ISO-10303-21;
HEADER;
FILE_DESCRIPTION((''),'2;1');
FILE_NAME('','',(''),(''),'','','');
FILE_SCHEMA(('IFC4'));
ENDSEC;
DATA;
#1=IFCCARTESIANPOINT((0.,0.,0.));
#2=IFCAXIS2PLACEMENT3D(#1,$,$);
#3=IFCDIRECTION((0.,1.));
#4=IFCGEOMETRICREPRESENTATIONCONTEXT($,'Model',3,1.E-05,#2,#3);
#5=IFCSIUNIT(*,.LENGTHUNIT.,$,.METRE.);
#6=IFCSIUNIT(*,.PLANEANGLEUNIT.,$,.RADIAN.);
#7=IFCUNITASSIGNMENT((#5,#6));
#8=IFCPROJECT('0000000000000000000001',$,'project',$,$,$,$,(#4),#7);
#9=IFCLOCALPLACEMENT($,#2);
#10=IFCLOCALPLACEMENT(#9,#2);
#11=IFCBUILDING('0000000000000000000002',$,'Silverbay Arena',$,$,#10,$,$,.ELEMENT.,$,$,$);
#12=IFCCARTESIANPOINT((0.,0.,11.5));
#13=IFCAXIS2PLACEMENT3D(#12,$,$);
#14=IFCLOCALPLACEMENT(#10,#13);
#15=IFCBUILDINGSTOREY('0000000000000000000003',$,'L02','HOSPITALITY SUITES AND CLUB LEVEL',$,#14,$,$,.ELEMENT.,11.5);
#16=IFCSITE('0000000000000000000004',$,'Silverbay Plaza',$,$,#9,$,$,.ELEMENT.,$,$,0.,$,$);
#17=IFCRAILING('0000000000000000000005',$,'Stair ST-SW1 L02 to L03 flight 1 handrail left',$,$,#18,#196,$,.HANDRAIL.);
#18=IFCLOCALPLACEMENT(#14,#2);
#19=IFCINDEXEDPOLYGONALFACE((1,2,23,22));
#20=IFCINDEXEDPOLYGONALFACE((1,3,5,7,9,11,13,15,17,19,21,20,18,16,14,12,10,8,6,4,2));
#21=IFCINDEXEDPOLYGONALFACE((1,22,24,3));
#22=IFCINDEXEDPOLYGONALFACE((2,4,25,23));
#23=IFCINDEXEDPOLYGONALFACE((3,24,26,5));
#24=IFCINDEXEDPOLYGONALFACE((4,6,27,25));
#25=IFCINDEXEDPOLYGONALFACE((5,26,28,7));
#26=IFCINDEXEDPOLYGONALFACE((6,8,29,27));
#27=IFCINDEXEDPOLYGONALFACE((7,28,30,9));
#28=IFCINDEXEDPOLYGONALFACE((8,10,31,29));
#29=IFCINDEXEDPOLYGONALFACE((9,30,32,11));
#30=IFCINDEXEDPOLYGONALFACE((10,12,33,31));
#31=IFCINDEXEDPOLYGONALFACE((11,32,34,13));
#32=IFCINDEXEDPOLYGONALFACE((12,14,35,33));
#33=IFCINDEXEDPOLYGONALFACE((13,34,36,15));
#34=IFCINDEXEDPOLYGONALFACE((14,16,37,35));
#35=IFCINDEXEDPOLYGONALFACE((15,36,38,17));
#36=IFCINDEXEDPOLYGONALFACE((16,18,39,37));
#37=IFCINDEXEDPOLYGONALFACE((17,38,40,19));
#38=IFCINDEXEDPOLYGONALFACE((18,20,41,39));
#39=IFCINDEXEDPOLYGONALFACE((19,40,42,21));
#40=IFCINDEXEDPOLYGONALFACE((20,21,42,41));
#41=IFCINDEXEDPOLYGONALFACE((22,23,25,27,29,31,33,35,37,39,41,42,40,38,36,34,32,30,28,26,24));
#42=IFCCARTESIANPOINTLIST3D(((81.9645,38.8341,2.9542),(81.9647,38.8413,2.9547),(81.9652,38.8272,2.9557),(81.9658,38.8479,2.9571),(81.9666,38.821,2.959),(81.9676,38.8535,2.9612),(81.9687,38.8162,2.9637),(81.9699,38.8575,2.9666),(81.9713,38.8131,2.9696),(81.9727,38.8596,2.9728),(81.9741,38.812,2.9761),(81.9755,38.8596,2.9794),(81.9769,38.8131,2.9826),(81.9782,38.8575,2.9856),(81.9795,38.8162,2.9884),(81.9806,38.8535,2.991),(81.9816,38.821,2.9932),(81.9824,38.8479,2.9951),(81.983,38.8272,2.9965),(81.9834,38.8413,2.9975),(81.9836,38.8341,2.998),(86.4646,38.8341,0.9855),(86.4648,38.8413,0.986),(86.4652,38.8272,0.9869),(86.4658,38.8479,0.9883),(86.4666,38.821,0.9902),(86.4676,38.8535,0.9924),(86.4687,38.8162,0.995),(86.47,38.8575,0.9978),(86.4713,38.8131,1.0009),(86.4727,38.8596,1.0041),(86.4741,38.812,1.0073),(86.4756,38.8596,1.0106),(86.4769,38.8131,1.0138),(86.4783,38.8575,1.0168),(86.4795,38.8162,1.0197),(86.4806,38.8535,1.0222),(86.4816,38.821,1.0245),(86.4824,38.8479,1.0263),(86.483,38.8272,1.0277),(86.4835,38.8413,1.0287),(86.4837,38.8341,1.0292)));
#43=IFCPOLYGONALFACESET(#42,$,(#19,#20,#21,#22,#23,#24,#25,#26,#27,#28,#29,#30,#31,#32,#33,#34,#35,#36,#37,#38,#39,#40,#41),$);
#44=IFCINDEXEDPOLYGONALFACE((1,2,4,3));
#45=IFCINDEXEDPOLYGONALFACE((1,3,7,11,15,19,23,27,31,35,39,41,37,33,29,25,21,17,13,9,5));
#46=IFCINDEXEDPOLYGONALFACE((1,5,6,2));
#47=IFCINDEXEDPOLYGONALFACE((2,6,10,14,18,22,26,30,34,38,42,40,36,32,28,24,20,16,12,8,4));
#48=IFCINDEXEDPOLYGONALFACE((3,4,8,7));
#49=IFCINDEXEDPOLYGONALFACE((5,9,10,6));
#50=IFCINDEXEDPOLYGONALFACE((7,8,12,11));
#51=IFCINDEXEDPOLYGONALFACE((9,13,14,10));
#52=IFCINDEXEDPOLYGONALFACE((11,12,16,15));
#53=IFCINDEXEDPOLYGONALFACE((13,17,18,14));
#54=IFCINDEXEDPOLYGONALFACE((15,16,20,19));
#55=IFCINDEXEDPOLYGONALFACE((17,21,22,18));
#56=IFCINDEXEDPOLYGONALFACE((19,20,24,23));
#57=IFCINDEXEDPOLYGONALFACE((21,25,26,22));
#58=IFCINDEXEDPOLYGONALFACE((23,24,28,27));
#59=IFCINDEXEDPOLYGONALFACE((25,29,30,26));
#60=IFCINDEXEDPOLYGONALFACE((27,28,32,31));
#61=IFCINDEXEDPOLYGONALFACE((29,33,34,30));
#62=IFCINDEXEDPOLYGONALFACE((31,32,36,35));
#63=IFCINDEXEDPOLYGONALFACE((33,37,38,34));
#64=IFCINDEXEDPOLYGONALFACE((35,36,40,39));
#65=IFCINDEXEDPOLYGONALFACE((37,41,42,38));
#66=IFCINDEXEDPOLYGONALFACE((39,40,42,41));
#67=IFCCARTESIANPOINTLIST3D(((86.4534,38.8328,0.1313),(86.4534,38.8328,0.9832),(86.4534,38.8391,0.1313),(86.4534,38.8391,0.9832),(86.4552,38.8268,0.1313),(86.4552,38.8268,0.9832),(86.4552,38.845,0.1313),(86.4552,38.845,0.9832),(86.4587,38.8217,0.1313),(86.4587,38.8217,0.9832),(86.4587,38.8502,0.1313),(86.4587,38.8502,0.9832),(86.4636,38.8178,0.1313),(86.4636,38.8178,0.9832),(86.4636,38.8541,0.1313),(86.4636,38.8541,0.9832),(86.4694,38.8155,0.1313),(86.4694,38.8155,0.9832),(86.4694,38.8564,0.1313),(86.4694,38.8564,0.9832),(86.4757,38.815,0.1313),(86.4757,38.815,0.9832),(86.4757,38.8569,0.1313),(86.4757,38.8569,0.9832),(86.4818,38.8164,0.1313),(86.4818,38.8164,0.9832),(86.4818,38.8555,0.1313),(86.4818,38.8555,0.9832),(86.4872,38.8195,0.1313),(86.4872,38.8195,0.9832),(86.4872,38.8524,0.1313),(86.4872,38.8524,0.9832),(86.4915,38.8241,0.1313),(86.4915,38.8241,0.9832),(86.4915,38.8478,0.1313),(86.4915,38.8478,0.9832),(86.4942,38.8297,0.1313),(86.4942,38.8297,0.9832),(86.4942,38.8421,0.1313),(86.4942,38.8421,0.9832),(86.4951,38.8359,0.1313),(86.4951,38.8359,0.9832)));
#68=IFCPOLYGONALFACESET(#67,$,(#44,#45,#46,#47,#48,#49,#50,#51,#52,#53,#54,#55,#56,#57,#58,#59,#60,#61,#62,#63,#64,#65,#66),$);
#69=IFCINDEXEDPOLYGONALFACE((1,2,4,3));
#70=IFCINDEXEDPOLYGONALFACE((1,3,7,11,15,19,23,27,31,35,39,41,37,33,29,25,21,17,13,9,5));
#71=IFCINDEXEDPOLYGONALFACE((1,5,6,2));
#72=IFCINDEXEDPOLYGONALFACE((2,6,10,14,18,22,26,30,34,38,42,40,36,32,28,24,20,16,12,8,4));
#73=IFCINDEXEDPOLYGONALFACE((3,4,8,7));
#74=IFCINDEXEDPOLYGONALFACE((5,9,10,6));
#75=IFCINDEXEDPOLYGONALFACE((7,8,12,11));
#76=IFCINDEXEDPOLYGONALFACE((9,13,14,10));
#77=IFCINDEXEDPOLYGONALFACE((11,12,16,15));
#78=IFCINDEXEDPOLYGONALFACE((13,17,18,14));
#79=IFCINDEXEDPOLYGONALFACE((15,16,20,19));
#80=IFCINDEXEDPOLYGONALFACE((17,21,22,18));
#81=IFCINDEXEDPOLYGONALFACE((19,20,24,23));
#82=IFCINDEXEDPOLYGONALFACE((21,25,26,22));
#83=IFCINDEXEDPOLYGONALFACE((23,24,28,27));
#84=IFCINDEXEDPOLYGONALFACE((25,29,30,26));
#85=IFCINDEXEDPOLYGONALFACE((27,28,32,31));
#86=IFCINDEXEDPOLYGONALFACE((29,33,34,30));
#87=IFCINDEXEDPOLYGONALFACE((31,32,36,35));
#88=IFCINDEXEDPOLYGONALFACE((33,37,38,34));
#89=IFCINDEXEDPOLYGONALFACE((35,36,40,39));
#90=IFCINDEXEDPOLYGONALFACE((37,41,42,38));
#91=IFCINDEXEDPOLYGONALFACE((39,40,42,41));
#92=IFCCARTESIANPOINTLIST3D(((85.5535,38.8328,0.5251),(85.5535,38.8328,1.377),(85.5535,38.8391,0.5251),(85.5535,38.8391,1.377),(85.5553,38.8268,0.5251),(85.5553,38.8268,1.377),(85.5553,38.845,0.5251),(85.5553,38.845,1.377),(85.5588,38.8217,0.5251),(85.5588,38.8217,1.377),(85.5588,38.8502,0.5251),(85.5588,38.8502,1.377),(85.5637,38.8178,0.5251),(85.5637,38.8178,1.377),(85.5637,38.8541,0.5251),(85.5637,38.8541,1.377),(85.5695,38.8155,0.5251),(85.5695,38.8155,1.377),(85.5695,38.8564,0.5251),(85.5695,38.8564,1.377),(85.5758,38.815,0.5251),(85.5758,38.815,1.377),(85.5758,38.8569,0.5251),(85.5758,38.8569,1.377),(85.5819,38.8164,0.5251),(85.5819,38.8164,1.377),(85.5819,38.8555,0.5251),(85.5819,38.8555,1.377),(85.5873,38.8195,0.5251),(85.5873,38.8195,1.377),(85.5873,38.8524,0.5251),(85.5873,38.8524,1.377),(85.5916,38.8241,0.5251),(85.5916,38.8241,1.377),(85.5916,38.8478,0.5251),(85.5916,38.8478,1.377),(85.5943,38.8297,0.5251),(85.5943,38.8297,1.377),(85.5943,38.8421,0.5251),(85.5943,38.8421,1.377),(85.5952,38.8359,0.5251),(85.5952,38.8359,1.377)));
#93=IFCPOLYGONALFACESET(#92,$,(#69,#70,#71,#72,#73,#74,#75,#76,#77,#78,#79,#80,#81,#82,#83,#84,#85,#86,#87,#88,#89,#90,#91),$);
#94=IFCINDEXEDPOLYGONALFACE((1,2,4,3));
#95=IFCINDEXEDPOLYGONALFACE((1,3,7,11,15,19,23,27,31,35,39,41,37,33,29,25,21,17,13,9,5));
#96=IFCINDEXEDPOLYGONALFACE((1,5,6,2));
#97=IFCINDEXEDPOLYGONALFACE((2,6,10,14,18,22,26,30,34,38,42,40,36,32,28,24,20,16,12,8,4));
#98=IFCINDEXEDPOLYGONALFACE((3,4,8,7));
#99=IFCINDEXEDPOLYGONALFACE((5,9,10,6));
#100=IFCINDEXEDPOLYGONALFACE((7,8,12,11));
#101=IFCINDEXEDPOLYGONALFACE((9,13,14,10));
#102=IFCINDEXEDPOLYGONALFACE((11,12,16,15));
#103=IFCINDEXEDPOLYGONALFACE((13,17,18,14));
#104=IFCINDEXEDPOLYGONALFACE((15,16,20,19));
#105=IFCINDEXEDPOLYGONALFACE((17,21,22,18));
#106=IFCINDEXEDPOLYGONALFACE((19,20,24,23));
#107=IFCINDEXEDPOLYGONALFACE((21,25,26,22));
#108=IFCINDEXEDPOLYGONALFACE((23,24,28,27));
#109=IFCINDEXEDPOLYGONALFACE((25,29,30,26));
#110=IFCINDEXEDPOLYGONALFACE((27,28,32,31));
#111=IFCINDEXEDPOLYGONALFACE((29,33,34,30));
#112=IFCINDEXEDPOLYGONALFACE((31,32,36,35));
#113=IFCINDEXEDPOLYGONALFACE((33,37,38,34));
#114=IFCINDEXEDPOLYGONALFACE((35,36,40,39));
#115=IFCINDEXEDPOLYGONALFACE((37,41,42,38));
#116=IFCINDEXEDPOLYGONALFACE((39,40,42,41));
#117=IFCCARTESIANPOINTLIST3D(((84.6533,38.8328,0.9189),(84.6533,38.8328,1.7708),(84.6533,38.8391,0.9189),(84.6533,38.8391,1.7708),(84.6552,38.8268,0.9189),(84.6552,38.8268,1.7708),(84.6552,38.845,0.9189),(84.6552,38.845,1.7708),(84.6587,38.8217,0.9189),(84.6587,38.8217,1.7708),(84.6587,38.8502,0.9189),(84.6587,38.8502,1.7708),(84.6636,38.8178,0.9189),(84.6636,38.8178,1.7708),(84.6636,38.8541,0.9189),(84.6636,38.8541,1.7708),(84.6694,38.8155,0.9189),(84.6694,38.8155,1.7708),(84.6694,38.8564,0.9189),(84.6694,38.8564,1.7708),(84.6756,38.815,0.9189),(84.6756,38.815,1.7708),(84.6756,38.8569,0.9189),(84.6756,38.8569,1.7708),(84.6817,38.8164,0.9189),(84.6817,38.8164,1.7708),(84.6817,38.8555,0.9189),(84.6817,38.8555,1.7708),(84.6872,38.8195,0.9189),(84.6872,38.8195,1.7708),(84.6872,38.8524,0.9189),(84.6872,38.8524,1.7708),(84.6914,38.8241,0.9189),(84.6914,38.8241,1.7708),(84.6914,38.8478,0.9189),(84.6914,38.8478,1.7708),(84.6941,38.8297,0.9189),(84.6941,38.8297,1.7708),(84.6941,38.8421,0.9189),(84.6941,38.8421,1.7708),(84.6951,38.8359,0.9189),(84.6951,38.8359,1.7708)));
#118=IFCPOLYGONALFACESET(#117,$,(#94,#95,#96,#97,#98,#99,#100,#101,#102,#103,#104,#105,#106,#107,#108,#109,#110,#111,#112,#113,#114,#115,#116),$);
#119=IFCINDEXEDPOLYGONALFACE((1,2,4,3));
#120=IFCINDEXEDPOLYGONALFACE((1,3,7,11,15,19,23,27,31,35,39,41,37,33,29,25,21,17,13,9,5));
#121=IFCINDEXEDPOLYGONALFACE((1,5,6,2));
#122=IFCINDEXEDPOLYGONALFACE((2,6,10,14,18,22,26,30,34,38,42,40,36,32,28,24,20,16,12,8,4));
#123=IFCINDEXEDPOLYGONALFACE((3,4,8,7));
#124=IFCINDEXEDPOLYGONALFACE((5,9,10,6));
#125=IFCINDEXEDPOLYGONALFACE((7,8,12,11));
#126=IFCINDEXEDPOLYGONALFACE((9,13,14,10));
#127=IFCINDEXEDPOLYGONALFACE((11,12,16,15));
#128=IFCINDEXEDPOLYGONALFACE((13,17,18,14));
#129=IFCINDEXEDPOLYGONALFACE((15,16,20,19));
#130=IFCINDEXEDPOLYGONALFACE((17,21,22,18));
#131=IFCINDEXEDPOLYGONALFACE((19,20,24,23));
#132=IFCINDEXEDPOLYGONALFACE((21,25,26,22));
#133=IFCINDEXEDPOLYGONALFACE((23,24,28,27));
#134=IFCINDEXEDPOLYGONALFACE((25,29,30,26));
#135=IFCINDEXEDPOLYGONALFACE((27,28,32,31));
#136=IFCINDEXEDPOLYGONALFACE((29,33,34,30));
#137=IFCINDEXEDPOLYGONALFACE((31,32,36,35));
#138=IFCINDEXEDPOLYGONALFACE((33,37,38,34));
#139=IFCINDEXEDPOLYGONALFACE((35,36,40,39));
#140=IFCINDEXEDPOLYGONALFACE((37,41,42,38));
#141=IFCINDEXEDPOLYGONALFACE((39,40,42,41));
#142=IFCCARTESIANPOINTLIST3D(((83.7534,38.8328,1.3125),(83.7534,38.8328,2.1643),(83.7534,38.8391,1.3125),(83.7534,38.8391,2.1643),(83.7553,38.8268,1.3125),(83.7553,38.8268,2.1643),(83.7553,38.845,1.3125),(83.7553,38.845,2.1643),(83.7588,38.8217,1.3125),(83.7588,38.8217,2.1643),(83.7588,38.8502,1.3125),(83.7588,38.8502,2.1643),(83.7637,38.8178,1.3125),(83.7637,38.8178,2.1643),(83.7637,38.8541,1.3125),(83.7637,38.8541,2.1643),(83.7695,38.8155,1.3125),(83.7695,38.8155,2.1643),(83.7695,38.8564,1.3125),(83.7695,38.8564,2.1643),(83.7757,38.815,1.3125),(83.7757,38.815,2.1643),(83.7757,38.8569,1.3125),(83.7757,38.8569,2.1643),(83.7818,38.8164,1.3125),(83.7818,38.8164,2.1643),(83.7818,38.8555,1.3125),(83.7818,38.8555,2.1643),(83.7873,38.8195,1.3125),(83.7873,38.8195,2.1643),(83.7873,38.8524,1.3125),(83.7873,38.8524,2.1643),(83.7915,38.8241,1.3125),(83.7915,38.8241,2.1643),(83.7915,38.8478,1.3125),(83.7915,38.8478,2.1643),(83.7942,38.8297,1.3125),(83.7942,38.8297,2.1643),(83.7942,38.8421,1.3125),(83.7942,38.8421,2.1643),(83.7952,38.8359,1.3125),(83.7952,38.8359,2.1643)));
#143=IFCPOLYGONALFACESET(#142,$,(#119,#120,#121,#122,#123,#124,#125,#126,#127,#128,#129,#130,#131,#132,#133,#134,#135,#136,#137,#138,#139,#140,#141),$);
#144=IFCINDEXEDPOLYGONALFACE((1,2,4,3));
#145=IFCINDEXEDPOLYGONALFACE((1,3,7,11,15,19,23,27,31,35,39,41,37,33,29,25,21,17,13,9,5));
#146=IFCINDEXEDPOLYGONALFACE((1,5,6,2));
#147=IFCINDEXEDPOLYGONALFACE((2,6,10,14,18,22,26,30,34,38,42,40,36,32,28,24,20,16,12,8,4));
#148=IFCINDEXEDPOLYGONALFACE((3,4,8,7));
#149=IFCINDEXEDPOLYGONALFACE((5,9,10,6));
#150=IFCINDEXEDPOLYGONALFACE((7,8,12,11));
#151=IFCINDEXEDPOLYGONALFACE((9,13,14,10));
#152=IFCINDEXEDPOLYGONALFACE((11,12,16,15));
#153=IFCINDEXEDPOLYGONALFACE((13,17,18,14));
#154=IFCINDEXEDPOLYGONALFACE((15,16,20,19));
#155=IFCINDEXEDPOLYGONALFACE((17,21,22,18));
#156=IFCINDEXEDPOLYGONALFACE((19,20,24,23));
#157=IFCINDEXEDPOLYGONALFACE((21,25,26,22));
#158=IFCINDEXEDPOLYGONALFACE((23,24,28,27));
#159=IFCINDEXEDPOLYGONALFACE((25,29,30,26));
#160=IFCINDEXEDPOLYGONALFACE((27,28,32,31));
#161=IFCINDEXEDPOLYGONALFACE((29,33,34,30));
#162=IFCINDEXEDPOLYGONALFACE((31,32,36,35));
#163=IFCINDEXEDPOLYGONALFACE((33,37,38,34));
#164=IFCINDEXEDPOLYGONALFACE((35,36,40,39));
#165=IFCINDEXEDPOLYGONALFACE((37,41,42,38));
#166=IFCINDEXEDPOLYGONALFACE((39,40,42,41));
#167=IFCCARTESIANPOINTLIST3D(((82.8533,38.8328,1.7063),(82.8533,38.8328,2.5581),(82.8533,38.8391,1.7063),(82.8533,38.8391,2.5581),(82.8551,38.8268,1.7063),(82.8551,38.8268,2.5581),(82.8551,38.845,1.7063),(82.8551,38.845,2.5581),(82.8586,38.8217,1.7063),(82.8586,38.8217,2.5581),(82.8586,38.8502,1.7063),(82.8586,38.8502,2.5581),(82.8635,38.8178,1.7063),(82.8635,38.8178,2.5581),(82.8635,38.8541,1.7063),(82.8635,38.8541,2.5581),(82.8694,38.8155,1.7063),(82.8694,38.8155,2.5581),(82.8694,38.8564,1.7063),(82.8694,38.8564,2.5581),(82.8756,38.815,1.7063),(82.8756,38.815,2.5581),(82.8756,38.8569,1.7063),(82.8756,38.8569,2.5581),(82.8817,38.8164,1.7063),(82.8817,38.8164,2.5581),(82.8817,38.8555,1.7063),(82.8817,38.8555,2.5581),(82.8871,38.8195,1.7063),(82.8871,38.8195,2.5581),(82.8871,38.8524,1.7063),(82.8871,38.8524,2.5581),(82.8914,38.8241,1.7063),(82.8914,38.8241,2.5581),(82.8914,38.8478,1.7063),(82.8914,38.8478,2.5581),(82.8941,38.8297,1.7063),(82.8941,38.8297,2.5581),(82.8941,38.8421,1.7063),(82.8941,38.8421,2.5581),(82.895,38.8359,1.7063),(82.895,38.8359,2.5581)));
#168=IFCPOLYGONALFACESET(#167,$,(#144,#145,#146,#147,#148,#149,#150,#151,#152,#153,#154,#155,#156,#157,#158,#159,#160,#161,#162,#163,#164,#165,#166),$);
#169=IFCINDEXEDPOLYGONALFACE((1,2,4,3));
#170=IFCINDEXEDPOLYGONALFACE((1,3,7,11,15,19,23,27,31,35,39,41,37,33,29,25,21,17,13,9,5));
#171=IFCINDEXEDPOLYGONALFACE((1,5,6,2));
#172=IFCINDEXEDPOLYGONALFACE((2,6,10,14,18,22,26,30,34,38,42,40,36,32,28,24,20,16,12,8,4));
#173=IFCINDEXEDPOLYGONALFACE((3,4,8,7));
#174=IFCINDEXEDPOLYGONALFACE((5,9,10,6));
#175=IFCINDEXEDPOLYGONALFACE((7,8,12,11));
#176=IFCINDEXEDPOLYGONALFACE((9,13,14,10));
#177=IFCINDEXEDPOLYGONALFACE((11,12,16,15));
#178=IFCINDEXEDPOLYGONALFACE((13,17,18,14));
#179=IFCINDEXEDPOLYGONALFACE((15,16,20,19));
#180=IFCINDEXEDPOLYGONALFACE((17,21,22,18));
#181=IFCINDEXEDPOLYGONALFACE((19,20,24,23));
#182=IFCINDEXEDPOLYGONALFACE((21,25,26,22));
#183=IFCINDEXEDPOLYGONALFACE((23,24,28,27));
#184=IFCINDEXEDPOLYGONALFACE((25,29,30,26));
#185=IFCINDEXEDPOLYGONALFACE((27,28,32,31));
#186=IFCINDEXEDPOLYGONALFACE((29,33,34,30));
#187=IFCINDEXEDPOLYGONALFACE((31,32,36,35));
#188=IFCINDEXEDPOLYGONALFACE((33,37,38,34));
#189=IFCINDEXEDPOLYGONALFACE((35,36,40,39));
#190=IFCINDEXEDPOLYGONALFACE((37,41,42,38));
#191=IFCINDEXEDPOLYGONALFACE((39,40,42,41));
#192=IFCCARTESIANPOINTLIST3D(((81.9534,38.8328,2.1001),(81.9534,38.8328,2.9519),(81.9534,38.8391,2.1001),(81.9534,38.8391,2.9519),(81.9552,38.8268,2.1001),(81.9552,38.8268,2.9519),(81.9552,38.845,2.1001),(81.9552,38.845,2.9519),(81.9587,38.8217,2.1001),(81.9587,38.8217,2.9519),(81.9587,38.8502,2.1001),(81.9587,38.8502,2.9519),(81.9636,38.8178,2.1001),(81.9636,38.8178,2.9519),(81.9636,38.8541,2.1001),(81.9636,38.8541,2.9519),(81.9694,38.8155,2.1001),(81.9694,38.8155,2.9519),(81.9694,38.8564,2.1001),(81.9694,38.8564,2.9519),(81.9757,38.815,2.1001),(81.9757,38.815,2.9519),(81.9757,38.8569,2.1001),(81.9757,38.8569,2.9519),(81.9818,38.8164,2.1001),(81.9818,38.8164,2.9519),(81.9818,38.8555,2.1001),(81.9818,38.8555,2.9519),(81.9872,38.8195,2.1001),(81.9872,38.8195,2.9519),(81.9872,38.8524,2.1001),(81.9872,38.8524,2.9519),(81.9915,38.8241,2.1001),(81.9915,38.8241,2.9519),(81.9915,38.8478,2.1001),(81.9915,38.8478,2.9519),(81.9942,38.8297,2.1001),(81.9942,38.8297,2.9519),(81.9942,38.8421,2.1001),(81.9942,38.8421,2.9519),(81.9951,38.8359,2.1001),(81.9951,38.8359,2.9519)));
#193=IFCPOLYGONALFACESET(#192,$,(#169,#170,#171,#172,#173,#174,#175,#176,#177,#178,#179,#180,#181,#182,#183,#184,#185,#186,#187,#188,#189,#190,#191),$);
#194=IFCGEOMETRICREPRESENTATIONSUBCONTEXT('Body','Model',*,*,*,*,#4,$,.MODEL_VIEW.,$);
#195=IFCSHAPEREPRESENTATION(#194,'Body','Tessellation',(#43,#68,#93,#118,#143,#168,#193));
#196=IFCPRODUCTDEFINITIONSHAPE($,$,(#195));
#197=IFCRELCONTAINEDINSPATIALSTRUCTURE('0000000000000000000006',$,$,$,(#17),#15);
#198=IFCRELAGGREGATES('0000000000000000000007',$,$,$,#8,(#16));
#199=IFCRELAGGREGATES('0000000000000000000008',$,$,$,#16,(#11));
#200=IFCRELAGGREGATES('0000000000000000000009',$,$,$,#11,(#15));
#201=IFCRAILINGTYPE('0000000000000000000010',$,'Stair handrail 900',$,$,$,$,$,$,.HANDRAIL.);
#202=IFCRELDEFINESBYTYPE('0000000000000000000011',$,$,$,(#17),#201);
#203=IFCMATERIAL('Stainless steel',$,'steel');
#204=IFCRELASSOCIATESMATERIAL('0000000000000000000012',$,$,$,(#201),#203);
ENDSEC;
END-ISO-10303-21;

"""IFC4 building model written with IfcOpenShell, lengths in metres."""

from ifc_helpers import new_model, si_unit, direction, frame, origin, origin_2d, place, context, subcontext, project, spatial, circle, extrude, material, type_object, element, save


model = new_model("IFC4")

# Units and contexts
model_context = context("Model", 3, precision=1e-05, world=origin(), true_north=direction((0.0, 1.0)))
body_context = subcontext(model_context, "Body", "Model", "MODEL_VIEW")
ifc_project = project(units=[si_unit("LENGTHUNIT", "METRE"), si_unit("PLANEANGLEUNIT", "RADIAN")], contexts=[model_context])

# Site, building, storey
site_placement = place(None, origin())
site = spatial("IfcSite", under=ifc_project, at=site_placement, Name="Silverbay Plaza", CompositionType="ELEMENT", RefElevation=0.0)
building_placement = place(site_placement, origin())
building = spatial("IfcBuilding", under=site, at=building_placement, Name="Silverbay Arena", CompositionType="ELEMENT")
storey_placement = place(building_placement, frame((0.0, 0.0, 11.5)))
storey = spatial("IfcBuildingStorey", under=building, at=storey_placement, Name="L02", Description="HOSPITALITY SUITES AND CLUB LEVEL", CompositionType="ELEMENT", Elevation=11.5)

# Railing
ifc_material_1 = material(Name="Stainless steel", Category="steel")
railing_type_1 = type_object("IfcRailingType", Name="Stair handrail 900", PredefinedType="HANDRAIL", material=ifc_material_1)
for number, where, name in (
    (1, (86.4741, 38.8359, 0.1313), "Stair ST-SW1 L02 to L03 flight 1 handrail left"),
):
    element("IfcRailing", number, at=place(storey_placement, frame(where)), inside=storey, type_object=railing_type_1, Name=name, PredefinedType="HANDRAIL", context=body_context, shape_type="SweptSolid", body=[
        extrude(circle(Radius=0.0239, at=origin_2d()), frame((0.0, 0.0, 0.876), z_axis=(-0.916157, 0.0, 0.400819), x_axis=(0.0, -1.0, 0.0)), (0.0, 0.0, 1.0), 4.9119),
        extrude(circle(Radius=0.021, at=origin_2d()), origin(), (0.0, 0.0, 1.0), 0.8518),
        extrude(circle(Radius=0.021, at=origin_2d()), frame((-0.8999, 0.0, 0.3938)), (0.0, 0.0, 1.0), 0.8518),
        extrude(circle(Radius=0.021, at=origin_2d()), frame((-1.8, 0.0, 0.7876)), (0.0, 0.0, 1.0), 0.8518),
        extrude(circle(Radius=0.021, at=origin_2d()), frame((-2.7, 0.0, 1.1812)), (0.0, 0.0, 1.0), 0.8518),
        extrude(circle(Radius=0.021, at=origin_2d()), frame((-3.6001, 0.0, 1.575)), (0.0, 0.0, 1.0), 0.8518),
        extrude(circle(Radius=0.021, at=origin_2d()), frame((-4.5, 0.0, 1.9688)), (0.0, 0.0, 1.0), 0.8518),
    ])

save(model, "model.ifc")
